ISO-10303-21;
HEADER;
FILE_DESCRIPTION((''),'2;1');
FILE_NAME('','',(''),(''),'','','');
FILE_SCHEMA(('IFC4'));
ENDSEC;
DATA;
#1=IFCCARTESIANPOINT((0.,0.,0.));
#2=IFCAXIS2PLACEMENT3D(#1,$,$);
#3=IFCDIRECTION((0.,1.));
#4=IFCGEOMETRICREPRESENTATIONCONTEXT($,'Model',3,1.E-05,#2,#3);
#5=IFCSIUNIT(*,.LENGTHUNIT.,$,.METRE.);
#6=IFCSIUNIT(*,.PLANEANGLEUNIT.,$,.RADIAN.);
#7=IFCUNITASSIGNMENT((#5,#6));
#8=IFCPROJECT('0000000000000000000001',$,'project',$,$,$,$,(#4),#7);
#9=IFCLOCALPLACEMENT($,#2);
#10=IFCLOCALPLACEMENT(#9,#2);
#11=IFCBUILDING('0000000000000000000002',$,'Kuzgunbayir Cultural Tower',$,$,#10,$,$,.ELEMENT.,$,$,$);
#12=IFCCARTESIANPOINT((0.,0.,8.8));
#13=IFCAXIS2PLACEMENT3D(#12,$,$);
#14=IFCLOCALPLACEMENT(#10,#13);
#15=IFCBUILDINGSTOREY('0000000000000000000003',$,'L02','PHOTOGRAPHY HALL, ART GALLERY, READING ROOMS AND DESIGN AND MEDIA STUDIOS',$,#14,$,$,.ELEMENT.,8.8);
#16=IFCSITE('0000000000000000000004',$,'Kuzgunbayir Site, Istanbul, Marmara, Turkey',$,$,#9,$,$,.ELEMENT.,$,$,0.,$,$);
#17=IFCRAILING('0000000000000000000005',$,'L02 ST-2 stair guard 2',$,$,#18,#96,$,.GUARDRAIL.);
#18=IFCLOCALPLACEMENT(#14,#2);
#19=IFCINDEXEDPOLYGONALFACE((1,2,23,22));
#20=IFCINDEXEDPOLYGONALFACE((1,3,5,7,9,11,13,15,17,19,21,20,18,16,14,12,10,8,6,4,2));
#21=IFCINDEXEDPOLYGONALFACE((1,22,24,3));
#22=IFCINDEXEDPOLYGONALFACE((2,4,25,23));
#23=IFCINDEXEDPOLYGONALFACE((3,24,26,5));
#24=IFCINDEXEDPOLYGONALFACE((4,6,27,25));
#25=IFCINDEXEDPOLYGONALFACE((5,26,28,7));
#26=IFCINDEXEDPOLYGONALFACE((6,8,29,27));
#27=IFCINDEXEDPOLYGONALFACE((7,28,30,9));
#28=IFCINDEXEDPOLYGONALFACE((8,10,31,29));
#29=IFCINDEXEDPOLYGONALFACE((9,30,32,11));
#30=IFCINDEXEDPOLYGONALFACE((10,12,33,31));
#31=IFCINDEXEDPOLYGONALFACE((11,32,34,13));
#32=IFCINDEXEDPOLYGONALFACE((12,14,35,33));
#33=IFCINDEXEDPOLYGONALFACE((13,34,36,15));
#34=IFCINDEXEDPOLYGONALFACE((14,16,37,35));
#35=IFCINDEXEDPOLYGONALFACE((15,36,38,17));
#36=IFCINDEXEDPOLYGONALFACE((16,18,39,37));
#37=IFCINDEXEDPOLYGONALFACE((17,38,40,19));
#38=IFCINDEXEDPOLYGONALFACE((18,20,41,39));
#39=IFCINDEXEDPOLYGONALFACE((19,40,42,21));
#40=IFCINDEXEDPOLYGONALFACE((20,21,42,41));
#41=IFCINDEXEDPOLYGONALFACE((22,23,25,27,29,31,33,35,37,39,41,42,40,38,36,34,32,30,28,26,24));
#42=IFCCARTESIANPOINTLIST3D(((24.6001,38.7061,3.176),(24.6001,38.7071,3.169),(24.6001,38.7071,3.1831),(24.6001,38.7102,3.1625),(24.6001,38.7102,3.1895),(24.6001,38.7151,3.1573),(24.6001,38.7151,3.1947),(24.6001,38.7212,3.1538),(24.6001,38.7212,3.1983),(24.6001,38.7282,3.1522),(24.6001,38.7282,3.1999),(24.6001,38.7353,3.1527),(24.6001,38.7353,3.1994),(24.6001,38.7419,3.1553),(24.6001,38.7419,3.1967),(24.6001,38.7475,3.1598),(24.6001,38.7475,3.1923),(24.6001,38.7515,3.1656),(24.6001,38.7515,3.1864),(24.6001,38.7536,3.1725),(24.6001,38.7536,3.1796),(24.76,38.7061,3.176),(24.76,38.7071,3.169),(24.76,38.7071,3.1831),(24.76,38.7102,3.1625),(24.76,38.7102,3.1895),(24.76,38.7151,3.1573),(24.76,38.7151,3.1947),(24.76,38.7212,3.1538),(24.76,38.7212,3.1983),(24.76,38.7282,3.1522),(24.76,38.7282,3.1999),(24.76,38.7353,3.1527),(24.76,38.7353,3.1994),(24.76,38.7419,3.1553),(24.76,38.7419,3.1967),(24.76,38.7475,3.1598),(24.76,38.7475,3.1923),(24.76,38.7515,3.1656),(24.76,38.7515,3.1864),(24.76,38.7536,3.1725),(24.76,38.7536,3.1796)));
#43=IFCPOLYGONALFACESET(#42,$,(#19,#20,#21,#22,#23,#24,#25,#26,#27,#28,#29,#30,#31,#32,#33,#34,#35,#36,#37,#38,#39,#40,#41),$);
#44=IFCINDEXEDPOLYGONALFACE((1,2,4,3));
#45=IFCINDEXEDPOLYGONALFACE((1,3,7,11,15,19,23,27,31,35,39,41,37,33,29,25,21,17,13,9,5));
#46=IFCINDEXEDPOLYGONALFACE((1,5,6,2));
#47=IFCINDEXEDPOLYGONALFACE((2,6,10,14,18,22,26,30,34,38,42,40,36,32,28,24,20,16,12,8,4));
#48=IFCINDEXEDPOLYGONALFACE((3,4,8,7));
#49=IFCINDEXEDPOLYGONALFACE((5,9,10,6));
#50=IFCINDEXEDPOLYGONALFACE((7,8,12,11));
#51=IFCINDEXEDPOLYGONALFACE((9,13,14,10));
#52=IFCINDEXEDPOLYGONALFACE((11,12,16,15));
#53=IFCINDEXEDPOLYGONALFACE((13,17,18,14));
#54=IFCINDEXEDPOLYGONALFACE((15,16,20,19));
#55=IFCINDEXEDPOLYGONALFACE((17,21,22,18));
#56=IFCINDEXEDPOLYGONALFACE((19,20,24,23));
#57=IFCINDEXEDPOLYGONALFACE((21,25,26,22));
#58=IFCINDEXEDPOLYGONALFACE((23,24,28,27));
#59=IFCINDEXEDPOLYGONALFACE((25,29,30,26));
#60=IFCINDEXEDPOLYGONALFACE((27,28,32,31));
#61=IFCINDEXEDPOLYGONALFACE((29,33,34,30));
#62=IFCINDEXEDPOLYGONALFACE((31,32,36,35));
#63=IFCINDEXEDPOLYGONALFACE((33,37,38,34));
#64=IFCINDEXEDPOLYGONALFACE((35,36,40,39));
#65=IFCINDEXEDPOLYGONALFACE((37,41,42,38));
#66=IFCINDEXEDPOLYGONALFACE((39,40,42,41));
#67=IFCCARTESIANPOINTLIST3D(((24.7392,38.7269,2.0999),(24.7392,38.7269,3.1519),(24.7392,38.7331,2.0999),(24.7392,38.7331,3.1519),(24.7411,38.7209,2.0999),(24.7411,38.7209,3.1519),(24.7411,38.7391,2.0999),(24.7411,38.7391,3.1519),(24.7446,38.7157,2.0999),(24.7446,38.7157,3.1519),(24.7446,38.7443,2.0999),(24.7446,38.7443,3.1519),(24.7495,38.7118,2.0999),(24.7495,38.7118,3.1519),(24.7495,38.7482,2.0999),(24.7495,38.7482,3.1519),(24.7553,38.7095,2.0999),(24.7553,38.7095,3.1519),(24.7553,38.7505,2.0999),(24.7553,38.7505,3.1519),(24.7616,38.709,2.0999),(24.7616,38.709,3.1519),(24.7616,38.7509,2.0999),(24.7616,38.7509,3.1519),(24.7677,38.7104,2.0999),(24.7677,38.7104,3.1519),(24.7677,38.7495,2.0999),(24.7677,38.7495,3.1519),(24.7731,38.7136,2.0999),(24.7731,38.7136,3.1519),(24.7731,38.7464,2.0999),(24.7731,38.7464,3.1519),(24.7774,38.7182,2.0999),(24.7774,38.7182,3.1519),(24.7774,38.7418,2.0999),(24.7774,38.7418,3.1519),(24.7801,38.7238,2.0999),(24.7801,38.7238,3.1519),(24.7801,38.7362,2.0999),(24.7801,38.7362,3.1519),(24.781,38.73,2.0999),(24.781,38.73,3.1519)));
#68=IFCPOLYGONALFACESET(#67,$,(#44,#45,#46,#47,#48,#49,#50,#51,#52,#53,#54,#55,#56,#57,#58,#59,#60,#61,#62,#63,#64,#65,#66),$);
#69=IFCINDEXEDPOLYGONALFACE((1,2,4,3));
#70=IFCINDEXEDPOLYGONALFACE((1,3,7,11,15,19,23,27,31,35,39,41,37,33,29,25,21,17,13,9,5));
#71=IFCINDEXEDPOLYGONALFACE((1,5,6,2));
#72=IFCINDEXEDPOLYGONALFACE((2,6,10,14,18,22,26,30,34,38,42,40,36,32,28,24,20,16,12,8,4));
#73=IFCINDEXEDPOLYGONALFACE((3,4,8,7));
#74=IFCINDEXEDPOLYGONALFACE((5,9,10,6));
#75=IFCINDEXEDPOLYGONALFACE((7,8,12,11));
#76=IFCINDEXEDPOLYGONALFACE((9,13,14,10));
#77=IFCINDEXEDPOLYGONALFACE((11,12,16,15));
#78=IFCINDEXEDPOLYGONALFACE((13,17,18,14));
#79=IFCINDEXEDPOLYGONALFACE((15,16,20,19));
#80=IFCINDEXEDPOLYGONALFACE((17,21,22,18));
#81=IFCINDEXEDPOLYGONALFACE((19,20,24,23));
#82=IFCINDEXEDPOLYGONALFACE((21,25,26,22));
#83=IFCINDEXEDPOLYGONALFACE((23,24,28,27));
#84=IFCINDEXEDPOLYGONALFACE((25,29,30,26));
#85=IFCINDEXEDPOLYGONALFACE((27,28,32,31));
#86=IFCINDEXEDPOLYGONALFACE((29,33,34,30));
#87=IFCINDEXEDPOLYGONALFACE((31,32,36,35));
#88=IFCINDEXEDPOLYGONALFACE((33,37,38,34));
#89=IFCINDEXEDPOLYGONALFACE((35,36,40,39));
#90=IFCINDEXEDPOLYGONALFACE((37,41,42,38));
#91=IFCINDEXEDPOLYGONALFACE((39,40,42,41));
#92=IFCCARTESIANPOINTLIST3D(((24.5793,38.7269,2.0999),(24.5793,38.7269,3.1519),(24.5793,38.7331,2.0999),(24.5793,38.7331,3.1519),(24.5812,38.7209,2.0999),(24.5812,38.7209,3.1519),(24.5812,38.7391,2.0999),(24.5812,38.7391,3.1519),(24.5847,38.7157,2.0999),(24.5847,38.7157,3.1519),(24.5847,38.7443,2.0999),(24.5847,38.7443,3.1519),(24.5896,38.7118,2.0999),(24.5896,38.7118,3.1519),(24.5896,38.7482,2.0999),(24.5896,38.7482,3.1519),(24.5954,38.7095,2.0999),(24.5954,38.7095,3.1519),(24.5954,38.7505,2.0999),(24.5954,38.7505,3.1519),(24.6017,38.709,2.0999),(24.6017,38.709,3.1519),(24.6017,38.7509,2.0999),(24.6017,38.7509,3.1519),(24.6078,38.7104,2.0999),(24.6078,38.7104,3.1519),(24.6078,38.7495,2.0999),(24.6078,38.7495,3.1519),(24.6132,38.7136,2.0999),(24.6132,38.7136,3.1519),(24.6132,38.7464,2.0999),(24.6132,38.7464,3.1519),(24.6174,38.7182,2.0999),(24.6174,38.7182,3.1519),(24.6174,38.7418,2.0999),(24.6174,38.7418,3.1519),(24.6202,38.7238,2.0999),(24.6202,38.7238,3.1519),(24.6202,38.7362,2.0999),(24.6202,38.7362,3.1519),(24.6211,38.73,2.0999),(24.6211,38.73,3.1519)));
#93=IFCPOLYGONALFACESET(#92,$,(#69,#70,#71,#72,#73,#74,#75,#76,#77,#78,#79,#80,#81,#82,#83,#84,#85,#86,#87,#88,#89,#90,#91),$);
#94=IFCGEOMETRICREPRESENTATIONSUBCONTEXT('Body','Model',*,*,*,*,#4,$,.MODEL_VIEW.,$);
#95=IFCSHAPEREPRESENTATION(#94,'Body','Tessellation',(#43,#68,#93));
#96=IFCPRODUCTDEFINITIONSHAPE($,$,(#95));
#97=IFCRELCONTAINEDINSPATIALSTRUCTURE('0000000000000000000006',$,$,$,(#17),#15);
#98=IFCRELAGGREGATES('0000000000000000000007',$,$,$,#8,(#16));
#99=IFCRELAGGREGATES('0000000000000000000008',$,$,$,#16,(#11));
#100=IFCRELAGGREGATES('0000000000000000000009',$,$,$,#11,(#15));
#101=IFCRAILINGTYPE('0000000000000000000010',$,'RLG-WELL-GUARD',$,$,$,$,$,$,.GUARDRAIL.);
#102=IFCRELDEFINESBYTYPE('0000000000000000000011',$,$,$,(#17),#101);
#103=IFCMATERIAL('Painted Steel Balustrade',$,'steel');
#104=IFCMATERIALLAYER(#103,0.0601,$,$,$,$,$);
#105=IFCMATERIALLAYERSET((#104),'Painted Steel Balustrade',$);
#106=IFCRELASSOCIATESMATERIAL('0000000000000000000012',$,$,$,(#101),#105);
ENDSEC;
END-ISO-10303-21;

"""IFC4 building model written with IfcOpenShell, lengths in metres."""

from ifc_helpers import new_model, si_unit, direction, frame, origin, origin_2d, place, context, subcontext, project, spatial, circle, extrude, material, layer, layer_set, type_object, element, save


model = new_model("IFC4")

# Units and contexts
model_context = context("Model", 3, precision=1e-05, world=origin(), true_north=direction((0.0, 1.0)))
body_context = subcontext(model_context, "Body", "Model", "MODEL_VIEW")
ifc_project = project(units=[si_unit("LENGTHUNIT", "METRE"), si_unit("PLANEANGLEUNIT", "RADIAN")], contexts=[model_context])

# Site, building, storey
site_placement = place(None, origin())
site = spatial("IfcSite", under=ifc_project, at=site_placement, Name="Kuzgunbayir Site, Istanbul, Marmara, Turkey", CompositionType="ELEMENT", RefElevation=0.0)
building_placement = place(site_placement, origin())
building = spatial("IfcBuilding", under=site, at=building_placement, Name="Kuzgunbayir Cultural Tower", CompositionType="ELEMENT")
storey_placement = place(building_placement, frame((0.0, 0.0, 8.8)))
storey = spatial("IfcBuildingStorey", under=building, at=storey_placement, Name="L02", Description="PHOTOGRAPHY HALL, ART GALLERY, READING ROOMS AND DESIGN AND MEDIA STUDIOS", CompositionType="ELEMENT", Elevation=8.8)

# Railing
ifc_material_1 = material(Name="Painted Steel Balustrade", Category="steel")
ifc_layer_1 = layer(ifc_material_1, 0.0601)
ifc_layer_set_1 = layer_set([ifc_layer_1], Name="Painted Steel Balustrade")
railing_type_1 = type_object("IfcRailingType", Name="RLG-WELL-GUARD", PredefinedType="GUARDRAIL", material=ifc_layer_set_1)
railing_1_placement = place(storey_placement, frame((24.76, 38.73, 2.0999)))
element("IfcRailing", 1, at=railing_1_placement, inside=storey, type_object=railing_type_1, Name="L02 ST-2 stair guard 2", PredefinedType="GUARDRAIL", context=body_context, shape_type="SweptSolid", body=[
    extrude(circle(Radius=0.0239, at=origin_2d()), frame((0.0, 0.0, 1.0762), z_axis=(-1.0, 0.0, 0.0), x_axis=(0.0, -1.0, 0.0)), (0.0, 0.0, 1.0), 0.1599),
    extrude(circle(Radius=0.021, at=origin_2d()), origin(), (0.0, 0.0, 1.0), 1.052),
    extrude(circle(Radius=0.021, at=origin_2d()), frame((-0.1599, 0.0, 0.0)), (0.0, 0.0, 1.0), 1.052),
])

save(model, "model.ifc")
